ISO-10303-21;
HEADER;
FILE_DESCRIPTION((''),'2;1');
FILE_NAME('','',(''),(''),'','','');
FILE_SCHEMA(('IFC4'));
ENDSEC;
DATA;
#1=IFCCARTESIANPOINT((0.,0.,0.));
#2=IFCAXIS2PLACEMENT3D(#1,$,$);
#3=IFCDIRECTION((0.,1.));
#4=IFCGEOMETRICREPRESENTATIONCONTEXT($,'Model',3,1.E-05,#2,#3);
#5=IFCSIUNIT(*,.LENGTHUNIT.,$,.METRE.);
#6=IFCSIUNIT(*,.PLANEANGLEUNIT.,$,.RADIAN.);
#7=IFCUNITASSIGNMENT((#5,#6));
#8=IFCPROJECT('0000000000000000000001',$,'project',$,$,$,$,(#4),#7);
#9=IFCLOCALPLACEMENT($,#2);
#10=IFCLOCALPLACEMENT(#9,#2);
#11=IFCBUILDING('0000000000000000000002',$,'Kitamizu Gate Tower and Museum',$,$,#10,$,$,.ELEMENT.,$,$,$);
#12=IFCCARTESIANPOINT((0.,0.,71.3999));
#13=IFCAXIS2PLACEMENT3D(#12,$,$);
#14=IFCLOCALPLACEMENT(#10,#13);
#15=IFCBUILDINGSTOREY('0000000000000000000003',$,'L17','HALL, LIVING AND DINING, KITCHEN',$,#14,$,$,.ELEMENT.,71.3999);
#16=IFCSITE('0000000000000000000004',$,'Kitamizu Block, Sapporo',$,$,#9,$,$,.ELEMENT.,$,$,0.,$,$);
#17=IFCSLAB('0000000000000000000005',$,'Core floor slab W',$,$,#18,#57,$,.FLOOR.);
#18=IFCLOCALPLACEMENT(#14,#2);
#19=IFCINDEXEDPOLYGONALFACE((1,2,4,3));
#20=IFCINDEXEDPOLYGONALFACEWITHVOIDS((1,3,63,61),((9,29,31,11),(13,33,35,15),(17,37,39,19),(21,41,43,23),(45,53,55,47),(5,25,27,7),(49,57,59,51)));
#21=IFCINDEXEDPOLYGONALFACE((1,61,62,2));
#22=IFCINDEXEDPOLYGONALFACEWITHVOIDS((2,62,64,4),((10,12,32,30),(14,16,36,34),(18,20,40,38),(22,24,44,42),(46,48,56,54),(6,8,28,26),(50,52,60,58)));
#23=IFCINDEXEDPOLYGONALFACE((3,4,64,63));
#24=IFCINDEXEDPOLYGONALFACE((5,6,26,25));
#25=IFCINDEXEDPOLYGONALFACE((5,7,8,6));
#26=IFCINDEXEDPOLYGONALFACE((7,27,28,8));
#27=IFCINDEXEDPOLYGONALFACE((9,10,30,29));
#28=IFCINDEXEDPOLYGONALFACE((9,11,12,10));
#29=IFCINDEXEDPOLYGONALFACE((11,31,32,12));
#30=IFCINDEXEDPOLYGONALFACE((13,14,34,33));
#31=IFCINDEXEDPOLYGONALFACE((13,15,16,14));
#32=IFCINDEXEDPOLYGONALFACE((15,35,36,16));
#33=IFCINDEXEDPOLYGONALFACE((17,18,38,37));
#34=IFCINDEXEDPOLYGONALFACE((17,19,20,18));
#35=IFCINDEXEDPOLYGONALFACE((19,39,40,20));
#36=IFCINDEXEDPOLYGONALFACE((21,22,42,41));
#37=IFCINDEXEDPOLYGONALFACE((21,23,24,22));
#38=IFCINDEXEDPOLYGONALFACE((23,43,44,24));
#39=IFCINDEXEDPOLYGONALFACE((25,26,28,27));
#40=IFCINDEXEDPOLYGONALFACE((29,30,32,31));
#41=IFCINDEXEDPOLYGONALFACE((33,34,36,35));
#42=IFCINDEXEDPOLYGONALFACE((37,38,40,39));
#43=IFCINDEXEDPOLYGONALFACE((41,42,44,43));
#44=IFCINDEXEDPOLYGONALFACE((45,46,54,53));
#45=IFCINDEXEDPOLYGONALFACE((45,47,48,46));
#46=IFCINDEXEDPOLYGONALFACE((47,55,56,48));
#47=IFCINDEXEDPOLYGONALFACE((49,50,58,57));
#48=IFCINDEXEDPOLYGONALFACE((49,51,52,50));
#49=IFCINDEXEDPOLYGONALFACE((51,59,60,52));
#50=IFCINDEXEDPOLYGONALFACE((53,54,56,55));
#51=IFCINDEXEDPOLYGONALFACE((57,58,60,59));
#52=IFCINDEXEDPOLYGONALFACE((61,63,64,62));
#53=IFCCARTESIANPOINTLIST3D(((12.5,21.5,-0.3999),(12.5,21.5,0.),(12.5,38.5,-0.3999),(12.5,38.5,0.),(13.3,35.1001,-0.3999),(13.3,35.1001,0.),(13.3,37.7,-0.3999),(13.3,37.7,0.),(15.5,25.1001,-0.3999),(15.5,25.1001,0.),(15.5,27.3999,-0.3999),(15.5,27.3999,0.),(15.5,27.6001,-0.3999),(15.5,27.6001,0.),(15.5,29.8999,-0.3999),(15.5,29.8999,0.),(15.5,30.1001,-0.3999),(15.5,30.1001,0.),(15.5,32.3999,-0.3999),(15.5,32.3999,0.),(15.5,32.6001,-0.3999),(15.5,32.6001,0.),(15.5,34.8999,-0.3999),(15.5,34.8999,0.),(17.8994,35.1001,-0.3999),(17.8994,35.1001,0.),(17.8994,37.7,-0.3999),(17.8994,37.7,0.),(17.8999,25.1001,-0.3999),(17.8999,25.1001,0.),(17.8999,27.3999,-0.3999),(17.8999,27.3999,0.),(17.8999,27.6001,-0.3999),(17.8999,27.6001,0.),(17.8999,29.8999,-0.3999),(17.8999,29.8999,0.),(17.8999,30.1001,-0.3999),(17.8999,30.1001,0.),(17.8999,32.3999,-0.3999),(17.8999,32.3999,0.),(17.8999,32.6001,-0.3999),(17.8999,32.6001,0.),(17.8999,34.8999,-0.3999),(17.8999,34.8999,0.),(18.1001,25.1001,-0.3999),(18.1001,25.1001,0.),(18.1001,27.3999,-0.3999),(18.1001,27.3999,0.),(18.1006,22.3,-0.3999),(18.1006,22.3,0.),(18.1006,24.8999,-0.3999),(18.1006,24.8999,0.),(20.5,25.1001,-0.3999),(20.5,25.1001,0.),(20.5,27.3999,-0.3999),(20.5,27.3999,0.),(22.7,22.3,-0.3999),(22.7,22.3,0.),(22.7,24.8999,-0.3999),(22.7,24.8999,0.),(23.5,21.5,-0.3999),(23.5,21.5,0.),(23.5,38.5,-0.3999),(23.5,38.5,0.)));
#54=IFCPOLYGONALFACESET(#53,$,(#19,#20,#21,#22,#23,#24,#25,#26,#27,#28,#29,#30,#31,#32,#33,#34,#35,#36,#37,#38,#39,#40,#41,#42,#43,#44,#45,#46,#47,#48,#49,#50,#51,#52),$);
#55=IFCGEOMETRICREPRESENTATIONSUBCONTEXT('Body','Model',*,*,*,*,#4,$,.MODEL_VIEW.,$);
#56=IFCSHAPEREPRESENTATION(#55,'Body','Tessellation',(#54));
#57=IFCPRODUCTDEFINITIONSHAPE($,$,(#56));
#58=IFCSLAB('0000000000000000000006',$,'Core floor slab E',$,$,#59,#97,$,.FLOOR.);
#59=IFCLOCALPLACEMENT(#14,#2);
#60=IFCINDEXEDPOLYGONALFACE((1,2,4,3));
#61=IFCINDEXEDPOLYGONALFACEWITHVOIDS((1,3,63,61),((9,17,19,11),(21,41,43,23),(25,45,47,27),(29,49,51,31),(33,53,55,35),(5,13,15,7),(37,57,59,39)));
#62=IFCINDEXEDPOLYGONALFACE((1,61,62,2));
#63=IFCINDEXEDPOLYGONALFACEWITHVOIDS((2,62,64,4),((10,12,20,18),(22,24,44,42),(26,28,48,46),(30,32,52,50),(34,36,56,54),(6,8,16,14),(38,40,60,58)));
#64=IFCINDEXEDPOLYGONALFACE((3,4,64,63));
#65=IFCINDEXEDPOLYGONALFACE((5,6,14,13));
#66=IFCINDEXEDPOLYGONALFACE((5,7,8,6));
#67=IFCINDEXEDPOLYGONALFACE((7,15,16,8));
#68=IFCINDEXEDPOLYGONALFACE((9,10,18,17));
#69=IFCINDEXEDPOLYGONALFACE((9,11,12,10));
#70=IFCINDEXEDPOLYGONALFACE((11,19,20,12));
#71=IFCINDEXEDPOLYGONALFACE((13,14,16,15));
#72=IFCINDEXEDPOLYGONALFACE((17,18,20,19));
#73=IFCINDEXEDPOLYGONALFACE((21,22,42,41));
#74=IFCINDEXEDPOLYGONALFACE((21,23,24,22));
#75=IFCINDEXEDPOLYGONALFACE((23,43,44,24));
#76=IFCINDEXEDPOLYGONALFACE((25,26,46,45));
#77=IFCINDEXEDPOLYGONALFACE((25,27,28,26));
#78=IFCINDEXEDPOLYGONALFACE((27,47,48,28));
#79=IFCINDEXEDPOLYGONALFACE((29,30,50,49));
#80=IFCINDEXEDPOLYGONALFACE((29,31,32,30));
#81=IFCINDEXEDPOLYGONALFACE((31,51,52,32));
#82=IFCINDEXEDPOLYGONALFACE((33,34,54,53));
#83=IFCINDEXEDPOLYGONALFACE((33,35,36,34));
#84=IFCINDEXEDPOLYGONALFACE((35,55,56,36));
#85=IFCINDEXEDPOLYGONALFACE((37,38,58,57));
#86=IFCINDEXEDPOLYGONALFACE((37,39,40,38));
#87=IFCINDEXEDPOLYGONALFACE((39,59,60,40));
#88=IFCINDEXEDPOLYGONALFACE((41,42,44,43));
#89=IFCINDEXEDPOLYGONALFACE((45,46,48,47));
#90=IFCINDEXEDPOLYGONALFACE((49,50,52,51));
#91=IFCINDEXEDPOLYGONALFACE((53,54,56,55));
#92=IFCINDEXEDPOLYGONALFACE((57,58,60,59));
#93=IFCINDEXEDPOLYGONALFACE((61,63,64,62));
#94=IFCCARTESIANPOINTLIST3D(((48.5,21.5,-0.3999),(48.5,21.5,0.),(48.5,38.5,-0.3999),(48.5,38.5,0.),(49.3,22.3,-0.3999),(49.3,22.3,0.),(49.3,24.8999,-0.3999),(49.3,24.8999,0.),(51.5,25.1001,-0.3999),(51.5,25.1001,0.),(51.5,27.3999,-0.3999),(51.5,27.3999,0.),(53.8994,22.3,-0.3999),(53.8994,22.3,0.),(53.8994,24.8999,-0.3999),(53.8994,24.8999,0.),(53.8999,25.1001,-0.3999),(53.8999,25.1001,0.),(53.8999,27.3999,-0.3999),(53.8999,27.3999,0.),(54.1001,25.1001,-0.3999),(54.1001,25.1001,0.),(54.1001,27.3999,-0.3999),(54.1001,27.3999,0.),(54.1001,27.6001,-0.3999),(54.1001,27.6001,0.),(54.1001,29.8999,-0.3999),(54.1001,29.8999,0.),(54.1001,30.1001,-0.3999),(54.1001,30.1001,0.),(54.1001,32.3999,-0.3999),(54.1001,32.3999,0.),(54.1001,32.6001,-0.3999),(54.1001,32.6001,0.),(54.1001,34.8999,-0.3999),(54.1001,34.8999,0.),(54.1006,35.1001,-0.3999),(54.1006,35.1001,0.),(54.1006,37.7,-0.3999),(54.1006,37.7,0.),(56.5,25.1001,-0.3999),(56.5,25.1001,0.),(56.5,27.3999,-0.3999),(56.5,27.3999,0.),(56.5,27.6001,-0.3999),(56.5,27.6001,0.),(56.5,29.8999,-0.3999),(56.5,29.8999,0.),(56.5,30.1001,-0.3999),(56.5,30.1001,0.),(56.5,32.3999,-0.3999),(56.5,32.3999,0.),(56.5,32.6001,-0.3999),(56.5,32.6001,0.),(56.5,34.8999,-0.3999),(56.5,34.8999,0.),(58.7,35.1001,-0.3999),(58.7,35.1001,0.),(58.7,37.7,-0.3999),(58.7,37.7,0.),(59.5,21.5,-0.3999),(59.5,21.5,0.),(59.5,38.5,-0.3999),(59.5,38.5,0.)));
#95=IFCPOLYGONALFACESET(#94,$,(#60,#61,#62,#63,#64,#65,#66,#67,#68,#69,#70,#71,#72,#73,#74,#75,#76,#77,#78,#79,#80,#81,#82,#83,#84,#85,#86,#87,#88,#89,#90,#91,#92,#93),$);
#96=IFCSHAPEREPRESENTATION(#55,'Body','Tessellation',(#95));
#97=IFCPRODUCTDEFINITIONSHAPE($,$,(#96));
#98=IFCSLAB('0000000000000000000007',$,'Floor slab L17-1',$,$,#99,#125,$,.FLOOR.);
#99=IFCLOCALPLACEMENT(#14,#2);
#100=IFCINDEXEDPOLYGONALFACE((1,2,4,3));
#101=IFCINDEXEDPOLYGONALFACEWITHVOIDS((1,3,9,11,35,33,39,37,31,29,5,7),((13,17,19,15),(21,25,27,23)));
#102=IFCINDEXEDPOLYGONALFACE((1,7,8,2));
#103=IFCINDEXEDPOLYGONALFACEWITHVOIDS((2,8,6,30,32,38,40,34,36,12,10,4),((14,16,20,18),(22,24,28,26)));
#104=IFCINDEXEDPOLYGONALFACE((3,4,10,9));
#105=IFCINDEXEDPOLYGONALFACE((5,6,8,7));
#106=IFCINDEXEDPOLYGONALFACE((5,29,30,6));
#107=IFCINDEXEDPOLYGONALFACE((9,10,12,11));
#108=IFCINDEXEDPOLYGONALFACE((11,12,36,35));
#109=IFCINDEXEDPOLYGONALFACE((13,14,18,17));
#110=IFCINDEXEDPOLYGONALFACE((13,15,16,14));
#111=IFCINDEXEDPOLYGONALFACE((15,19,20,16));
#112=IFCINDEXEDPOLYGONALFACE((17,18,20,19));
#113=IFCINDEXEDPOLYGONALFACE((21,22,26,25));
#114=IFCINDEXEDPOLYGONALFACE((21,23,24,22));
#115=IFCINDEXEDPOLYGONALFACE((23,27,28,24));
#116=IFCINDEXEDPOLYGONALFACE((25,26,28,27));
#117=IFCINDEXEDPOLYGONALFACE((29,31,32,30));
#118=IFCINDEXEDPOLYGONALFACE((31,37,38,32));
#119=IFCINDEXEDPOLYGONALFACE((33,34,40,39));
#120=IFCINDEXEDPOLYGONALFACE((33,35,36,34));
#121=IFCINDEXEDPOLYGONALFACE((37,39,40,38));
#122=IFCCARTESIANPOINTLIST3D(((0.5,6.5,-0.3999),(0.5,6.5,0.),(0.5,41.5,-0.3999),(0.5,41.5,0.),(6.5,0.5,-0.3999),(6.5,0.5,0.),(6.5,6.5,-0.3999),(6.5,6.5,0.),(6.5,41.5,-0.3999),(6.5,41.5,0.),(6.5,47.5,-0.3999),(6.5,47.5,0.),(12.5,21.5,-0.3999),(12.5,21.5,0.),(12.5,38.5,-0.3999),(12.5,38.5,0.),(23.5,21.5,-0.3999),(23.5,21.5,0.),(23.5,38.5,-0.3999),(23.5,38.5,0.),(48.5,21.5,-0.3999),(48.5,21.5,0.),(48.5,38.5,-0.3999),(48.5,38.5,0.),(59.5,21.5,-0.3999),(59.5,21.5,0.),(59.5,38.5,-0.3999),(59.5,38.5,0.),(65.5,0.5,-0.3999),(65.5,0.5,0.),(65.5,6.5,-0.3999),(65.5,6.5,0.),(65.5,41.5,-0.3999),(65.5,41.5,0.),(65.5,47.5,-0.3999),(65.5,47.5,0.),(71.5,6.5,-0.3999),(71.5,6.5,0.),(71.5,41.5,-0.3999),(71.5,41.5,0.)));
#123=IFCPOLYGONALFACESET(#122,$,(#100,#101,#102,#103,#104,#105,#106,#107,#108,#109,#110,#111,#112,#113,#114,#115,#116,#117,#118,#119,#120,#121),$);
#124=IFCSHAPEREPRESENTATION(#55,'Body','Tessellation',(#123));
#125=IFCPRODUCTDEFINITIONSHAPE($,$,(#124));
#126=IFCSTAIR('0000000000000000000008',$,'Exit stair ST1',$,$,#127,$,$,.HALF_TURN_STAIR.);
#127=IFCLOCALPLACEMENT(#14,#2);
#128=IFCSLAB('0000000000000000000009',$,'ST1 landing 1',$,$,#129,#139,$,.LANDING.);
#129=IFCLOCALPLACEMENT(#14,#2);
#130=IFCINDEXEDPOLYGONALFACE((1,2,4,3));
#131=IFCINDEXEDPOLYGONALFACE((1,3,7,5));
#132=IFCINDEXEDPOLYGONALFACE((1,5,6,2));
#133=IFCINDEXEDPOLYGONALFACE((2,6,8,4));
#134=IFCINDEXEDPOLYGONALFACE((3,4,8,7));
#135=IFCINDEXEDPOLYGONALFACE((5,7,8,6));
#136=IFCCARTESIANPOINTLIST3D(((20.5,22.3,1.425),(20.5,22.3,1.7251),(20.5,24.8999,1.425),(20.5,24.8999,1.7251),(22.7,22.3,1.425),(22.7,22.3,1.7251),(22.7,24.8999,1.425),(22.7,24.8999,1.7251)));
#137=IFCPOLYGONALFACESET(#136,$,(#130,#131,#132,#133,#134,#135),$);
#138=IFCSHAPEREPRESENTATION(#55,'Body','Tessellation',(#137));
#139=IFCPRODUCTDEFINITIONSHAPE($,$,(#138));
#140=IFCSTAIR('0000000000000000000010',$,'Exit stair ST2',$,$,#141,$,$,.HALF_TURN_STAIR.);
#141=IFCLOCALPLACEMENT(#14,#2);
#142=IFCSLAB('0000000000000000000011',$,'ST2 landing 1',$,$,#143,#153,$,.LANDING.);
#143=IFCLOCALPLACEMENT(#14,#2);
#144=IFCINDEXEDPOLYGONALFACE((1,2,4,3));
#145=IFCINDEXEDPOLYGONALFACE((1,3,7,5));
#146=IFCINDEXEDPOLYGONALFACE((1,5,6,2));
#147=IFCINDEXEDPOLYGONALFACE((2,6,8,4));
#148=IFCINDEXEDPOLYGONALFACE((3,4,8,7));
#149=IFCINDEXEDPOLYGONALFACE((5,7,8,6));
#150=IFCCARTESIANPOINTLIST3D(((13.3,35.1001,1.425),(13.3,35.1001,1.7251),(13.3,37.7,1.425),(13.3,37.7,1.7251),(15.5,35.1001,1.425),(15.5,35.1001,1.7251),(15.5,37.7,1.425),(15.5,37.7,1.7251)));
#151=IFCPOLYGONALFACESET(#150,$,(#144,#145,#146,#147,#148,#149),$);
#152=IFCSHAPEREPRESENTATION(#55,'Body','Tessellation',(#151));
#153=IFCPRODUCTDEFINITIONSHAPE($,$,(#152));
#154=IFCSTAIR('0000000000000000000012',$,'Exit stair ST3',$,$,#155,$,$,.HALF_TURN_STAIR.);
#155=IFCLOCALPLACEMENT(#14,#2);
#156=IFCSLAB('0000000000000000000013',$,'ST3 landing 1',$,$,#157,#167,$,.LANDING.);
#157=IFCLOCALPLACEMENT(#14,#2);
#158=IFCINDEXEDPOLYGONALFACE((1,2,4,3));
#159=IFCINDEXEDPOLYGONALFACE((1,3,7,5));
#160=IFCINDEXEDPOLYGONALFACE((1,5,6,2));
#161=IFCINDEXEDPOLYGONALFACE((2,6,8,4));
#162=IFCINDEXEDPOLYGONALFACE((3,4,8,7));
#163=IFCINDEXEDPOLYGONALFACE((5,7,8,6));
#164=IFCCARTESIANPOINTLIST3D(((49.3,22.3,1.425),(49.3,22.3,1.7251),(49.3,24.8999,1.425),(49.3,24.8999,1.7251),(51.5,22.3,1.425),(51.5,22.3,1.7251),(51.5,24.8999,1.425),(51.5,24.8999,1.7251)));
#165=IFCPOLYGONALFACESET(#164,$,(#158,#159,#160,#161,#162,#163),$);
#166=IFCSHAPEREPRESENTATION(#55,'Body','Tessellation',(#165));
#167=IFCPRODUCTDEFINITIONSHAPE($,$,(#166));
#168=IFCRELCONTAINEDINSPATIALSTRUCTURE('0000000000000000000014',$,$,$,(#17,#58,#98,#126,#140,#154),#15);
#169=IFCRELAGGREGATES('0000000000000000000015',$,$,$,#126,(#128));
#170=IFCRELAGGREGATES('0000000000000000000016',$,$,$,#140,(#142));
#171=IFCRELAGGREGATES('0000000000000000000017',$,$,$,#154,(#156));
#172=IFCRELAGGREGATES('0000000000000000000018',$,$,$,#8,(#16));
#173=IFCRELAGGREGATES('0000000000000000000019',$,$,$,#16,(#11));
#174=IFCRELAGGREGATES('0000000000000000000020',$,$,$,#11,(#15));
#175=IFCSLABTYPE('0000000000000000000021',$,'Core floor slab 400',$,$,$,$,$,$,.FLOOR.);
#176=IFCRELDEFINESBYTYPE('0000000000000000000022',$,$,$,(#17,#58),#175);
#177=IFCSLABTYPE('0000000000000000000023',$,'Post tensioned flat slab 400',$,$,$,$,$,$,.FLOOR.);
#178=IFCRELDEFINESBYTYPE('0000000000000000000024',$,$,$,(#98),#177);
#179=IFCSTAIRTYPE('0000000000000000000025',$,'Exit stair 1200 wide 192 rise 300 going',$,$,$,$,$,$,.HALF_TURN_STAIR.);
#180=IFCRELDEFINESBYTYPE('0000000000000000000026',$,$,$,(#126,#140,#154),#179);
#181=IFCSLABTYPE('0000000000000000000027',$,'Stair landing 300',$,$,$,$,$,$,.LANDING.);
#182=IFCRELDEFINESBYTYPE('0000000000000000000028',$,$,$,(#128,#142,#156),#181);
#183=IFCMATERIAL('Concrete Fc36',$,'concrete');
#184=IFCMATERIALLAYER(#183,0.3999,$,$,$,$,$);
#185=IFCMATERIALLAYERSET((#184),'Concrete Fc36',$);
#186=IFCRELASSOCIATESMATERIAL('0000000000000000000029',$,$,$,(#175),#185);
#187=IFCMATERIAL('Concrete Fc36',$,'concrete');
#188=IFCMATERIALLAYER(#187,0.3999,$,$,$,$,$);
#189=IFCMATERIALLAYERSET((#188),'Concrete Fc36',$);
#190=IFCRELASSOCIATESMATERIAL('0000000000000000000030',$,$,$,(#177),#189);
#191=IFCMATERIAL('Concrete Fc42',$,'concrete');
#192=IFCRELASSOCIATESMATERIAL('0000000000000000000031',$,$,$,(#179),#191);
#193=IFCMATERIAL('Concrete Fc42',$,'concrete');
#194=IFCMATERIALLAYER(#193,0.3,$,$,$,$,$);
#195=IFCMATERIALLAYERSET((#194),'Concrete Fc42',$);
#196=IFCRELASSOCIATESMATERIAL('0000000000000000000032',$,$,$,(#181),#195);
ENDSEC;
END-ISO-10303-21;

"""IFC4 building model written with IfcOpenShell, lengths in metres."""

from ifc_helpers import new_model, si_unit, direction, frame, origin, place, context, subcontext, project, spatial, polyline, outline, extrude, material, layer, layer_set, type_object, element, aggregate, save


model = new_model("IFC4")

# Units and contexts
model_context = context("Model", 3, precision=1e-05, world=origin(), true_north=direction((0.0, 1.0)))
body_context = subcontext(model_context, "Body", "Model", "MODEL_VIEW")
ifc_project = project(units=[si_unit("LENGTHUNIT", "METRE"), si_unit("PLANEANGLEUNIT", "RADIAN")], contexts=[model_context])

# Site, building, storey
site_placement = place(None, origin())
site = spatial("IfcSite", under=ifc_project, at=site_placement, Name="Kitamizu Block, Sapporo", CompositionType="ELEMENT", RefElevation=0.0)
building_placement = place(site_placement, origin())
building = spatial("IfcBuilding", under=site, at=building_placement, Name="Kitamizu Gate Tower and Museum", CompositionType="ELEMENT")
storey_placement = place(building_placement, frame((0.0, 0.0, 71.3999)))
storey = spatial("IfcBuildingStorey", under=building, at=storey_placement, Name="L17", Description="HALL, LIVING AND DINING, KITCHEN", CompositionType="ELEMENT", Elevation=71.3999)

# Slabs
ifc_material_1 = material(Name="Concrete Fc36", Category="concrete")
ifc_layer_1 = layer(ifc_material_1, 0.3999)
ifc_layer_set_1 = layer_set([ifc_layer_1], Name="Concrete Fc36")
slab_type_1 = type_object("IfcSlabType", Name="Core floor slab 400", PredefinedType="FLOOR", material=ifc_layer_set_1)
slab_1_placement = place(storey_placement, frame((0.0, 0.0, -0.3999)))
element("IfcSlab", 1, at=slab_1_placement, inside=storey, type_object=slab_type_1, Name="Core floor slab W", PredefinedType="FLOOR", context=body_context, shape_type="SweptSolid", body=[
    extrude(outline(polyline([(12.5, 21.5), (23.5, 21.5), (23.5, 38.5), (12.5, 38.5), (12.5, 21.5)]), holes=[polyline([(15.5, 25.1001), (17.8999, 25.1001), (17.8999, 27.3999), (15.5, 27.3999), (15.5, 25.1001)]), polyline([(15.5, 27.6001), (17.8999, 27.6001), (17.8999, 29.8999), (15.5, 29.8999), (15.5, 27.6001)]), polyline([(15.5, 30.1001), (17.8999, 30.1001), (17.8999, 32.3999), (15.5, 32.3999), (15.5, 30.1001)]), polyline([(15.5, 32.6001), (17.8999, 32.6001), (17.8999, 34.8999), (15.5, 34.8999), (15.5, 32.6001)]), polyline([(18.1001, 25.1001), (20.5, 25.1001), (20.5, 27.3999), (18.1001, 27.3999), (18.1001, 25.1001)]), polyline([(18.1006, 22.3), (22.7, 22.3), (22.7, 24.8999), (18.1006, 24.8999), (18.1006, 22.3)]), polyline([(13.3, 35.1001), (17.8994, 35.1001), (17.8994, 37.7), (13.3, 37.7), (13.3, 35.1001)])]), origin(), (0.0, 0.0, 1.0), 0.3999),
])
slab_2_placement = place(storey_placement, frame((0.0, 0.0, -0.3999)))
element("IfcSlab", 2, at=slab_2_placement, inside=storey, type_object=slab_type_1, Name="Core floor slab E", PredefinedType="FLOOR", context=body_context, shape_type="SweptSolid", body=[
    extrude(outline(polyline([(48.5, 21.5), (59.5, 21.5), (59.5, 38.5), (48.5, 38.5), (48.5, 21.5)]), holes=[polyline([(54.1001, 25.1001), (56.5, 25.1001), (56.5, 27.3999), (54.1001, 27.3999), (54.1001, 25.1001)]), polyline([(54.1001, 27.6001), (56.5, 27.6001), (56.5, 29.8999), (54.1001, 29.8999), (54.1001, 27.6001)]), polyline([(54.1001, 30.1001), (56.5, 30.1001), (56.5, 32.3999), (54.1001, 32.3999), (54.1001, 30.1001)]), polyline([(54.1001, 32.6001), (56.5, 32.6001), (56.5, 34.8999), (54.1001, 34.8999), (54.1001, 32.6001)]), polyline([(51.5, 25.1001), (53.8999, 25.1001), (53.8999, 27.3999), (51.5, 27.3999), (51.5, 25.1001)]), polyline([(49.3, 22.3), (53.8994, 22.3), (53.8994, 24.8999), (49.3, 24.8999), (49.3, 22.3)]), polyline([(54.1006, 35.1001), (58.7, 35.1001), (58.7, 37.7), (54.1006, 37.7), (54.1006, 35.1001)])]), origin(), (0.0, 0.0, 1.0), 0.3999),
])
ifc_material_2 = material(Name="Concrete Fc36", Category="concrete")
ifc_layer_2 = layer(ifc_material_2, 0.3999)
ifc_layer_set_2 = layer_set([ifc_layer_2], Name="Concrete Fc36")
slab_type_2 = type_object("IfcSlabType", Name="Post tensioned flat slab 400", PredefinedType="FLOOR", material=ifc_layer_set_2)
slab_3_placement = place(storey_placement, frame((0.0, 0.0, -0.3999)))
element("IfcSlab", 3, at=slab_3_placement, inside=storey, type_object=slab_type_2, Name="Floor slab L17-1", PredefinedType="FLOOR", context=body_context, shape_type="SweptSolid", body=[
    extrude(outline(polyline([(0.5, 6.5), (0.5, 41.5), (6.5, 41.5), (6.5, 47.5), (65.5, 47.5), (65.5, 41.5), (71.5, 41.5), (71.5, 6.5), (65.5, 6.5), (65.5, 0.5), (6.5, 0.5), (6.5, 6.5), (0.5, 6.5)]), holes=[polyline([(59.5, 38.5), (48.5, 38.5), (48.5, 21.5), (59.5, 21.5), (59.5, 38.5)]), polyline([(12.5, 38.5), (12.5, 21.5), (23.5, 21.5), (23.5, 38.5), (12.5, 38.5)])]), origin(), (0.0, 0.0, 1.0), 0.3999),
])

# Stairs, slabs
ifc_material_3 = material(Name="Concrete Fc42", Category="concrete")
stair_type = type_object("IfcStairType", Name="Exit stair 1200 wide 192 rise 300 going", PredefinedType="HALF_TURN_STAIR", material=ifc_material_3)
stair_1_placement = place(storey_placement, origin())
stair_1 = element("IfcStair", 4, at=stair_1_placement, inside=storey, type_object=stair_type, Name="Exit stair ST1", PredefinedType="HALF_TURN_STAIR")
ifc_material_4 = material(Name="Concrete Fc42", Category="concrete")
ifc_layer_3 = layer(ifc_material_4, 0.3)
ifc_layer_set_3 = layer_set([ifc_layer_3], Name="Concrete Fc42")
slab_type_3 = type_object("IfcSlabType", Name="Stair landing 300", PredefinedType="LANDING", material=ifc_layer_set_3)
slab_4_placement = place(storey_placement, frame((0.0, 0.0, 1.425)))
slab_4 = element("IfcSlab", 5, at=slab_4_placement, type_object=slab_type_3, Name="ST1 landing 1", PredefinedType="LANDING", context=body_context, shape_type="SweptSolid", body=[
    extrude(outline(polyline([(20.5, 22.3), (22.7, 22.3), (22.7, 24.8999), (20.5, 24.8999), (20.5, 22.3)])), origin(), (0.0, 0.0, 1.0), 0.3),
])
aggregate(stair_1, [slab_4])
stair_2_placement = place(storey_placement, origin())
stair_2 = element("IfcStair", 6, at=stair_2_placement, inside=storey, type_object=stair_type, Name="Exit stair ST2", PredefinedType="HALF_TURN_STAIR")
slab_5_placement = place(storey_placement, frame((0.0, 0.0, 1.425)))
slab_5 = element("IfcSlab", 7, at=slab_5_placement, type_object=slab_type_3, Name="ST2 landing 1", PredefinedType="LANDING", context=body_context, shape_type="SweptSolid", body=[
    extrude(outline(polyline([(13.3, 35.1001), (15.5, 35.1001), (15.5, 37.7), (13.3, 37.7), (13.3, 35.1001)])), origin(), (0.0, 0.0, 1.0), 0.3),
])
aggregate(stair_2, [slab_5])
stair_3_placement = place(storey_placement, origin())
stair_3 = element("IfcStair", 8, at=stair_3_placement, inside=storey, type_object=stair_type, Name="Exit stair ST3", PredefinedType="HALF_TURN_STAIR")
slab_6_placement = place(storey_placement, frame((0.0, 0.0, 1.425)))
slab_6 = element("IfcSlab", 9, at=slab_6_placement, type_object=slab_type_3, Name="ST3 landing 1", PredefinedType="LANDING", context=body_context, shape_type="SweptSolid", body=[
    extrude(outline(polyline([(49.3, 22.3), (51.5, 22.3), (51.5, 24.8999), (49.3, 24.8999), (49.3, 22.3)])), origin(), (0.0, 0.0, 1.0), 0.3),
])
aggregate(stair_3, [slab_6])

save(model, "model.ifc")
